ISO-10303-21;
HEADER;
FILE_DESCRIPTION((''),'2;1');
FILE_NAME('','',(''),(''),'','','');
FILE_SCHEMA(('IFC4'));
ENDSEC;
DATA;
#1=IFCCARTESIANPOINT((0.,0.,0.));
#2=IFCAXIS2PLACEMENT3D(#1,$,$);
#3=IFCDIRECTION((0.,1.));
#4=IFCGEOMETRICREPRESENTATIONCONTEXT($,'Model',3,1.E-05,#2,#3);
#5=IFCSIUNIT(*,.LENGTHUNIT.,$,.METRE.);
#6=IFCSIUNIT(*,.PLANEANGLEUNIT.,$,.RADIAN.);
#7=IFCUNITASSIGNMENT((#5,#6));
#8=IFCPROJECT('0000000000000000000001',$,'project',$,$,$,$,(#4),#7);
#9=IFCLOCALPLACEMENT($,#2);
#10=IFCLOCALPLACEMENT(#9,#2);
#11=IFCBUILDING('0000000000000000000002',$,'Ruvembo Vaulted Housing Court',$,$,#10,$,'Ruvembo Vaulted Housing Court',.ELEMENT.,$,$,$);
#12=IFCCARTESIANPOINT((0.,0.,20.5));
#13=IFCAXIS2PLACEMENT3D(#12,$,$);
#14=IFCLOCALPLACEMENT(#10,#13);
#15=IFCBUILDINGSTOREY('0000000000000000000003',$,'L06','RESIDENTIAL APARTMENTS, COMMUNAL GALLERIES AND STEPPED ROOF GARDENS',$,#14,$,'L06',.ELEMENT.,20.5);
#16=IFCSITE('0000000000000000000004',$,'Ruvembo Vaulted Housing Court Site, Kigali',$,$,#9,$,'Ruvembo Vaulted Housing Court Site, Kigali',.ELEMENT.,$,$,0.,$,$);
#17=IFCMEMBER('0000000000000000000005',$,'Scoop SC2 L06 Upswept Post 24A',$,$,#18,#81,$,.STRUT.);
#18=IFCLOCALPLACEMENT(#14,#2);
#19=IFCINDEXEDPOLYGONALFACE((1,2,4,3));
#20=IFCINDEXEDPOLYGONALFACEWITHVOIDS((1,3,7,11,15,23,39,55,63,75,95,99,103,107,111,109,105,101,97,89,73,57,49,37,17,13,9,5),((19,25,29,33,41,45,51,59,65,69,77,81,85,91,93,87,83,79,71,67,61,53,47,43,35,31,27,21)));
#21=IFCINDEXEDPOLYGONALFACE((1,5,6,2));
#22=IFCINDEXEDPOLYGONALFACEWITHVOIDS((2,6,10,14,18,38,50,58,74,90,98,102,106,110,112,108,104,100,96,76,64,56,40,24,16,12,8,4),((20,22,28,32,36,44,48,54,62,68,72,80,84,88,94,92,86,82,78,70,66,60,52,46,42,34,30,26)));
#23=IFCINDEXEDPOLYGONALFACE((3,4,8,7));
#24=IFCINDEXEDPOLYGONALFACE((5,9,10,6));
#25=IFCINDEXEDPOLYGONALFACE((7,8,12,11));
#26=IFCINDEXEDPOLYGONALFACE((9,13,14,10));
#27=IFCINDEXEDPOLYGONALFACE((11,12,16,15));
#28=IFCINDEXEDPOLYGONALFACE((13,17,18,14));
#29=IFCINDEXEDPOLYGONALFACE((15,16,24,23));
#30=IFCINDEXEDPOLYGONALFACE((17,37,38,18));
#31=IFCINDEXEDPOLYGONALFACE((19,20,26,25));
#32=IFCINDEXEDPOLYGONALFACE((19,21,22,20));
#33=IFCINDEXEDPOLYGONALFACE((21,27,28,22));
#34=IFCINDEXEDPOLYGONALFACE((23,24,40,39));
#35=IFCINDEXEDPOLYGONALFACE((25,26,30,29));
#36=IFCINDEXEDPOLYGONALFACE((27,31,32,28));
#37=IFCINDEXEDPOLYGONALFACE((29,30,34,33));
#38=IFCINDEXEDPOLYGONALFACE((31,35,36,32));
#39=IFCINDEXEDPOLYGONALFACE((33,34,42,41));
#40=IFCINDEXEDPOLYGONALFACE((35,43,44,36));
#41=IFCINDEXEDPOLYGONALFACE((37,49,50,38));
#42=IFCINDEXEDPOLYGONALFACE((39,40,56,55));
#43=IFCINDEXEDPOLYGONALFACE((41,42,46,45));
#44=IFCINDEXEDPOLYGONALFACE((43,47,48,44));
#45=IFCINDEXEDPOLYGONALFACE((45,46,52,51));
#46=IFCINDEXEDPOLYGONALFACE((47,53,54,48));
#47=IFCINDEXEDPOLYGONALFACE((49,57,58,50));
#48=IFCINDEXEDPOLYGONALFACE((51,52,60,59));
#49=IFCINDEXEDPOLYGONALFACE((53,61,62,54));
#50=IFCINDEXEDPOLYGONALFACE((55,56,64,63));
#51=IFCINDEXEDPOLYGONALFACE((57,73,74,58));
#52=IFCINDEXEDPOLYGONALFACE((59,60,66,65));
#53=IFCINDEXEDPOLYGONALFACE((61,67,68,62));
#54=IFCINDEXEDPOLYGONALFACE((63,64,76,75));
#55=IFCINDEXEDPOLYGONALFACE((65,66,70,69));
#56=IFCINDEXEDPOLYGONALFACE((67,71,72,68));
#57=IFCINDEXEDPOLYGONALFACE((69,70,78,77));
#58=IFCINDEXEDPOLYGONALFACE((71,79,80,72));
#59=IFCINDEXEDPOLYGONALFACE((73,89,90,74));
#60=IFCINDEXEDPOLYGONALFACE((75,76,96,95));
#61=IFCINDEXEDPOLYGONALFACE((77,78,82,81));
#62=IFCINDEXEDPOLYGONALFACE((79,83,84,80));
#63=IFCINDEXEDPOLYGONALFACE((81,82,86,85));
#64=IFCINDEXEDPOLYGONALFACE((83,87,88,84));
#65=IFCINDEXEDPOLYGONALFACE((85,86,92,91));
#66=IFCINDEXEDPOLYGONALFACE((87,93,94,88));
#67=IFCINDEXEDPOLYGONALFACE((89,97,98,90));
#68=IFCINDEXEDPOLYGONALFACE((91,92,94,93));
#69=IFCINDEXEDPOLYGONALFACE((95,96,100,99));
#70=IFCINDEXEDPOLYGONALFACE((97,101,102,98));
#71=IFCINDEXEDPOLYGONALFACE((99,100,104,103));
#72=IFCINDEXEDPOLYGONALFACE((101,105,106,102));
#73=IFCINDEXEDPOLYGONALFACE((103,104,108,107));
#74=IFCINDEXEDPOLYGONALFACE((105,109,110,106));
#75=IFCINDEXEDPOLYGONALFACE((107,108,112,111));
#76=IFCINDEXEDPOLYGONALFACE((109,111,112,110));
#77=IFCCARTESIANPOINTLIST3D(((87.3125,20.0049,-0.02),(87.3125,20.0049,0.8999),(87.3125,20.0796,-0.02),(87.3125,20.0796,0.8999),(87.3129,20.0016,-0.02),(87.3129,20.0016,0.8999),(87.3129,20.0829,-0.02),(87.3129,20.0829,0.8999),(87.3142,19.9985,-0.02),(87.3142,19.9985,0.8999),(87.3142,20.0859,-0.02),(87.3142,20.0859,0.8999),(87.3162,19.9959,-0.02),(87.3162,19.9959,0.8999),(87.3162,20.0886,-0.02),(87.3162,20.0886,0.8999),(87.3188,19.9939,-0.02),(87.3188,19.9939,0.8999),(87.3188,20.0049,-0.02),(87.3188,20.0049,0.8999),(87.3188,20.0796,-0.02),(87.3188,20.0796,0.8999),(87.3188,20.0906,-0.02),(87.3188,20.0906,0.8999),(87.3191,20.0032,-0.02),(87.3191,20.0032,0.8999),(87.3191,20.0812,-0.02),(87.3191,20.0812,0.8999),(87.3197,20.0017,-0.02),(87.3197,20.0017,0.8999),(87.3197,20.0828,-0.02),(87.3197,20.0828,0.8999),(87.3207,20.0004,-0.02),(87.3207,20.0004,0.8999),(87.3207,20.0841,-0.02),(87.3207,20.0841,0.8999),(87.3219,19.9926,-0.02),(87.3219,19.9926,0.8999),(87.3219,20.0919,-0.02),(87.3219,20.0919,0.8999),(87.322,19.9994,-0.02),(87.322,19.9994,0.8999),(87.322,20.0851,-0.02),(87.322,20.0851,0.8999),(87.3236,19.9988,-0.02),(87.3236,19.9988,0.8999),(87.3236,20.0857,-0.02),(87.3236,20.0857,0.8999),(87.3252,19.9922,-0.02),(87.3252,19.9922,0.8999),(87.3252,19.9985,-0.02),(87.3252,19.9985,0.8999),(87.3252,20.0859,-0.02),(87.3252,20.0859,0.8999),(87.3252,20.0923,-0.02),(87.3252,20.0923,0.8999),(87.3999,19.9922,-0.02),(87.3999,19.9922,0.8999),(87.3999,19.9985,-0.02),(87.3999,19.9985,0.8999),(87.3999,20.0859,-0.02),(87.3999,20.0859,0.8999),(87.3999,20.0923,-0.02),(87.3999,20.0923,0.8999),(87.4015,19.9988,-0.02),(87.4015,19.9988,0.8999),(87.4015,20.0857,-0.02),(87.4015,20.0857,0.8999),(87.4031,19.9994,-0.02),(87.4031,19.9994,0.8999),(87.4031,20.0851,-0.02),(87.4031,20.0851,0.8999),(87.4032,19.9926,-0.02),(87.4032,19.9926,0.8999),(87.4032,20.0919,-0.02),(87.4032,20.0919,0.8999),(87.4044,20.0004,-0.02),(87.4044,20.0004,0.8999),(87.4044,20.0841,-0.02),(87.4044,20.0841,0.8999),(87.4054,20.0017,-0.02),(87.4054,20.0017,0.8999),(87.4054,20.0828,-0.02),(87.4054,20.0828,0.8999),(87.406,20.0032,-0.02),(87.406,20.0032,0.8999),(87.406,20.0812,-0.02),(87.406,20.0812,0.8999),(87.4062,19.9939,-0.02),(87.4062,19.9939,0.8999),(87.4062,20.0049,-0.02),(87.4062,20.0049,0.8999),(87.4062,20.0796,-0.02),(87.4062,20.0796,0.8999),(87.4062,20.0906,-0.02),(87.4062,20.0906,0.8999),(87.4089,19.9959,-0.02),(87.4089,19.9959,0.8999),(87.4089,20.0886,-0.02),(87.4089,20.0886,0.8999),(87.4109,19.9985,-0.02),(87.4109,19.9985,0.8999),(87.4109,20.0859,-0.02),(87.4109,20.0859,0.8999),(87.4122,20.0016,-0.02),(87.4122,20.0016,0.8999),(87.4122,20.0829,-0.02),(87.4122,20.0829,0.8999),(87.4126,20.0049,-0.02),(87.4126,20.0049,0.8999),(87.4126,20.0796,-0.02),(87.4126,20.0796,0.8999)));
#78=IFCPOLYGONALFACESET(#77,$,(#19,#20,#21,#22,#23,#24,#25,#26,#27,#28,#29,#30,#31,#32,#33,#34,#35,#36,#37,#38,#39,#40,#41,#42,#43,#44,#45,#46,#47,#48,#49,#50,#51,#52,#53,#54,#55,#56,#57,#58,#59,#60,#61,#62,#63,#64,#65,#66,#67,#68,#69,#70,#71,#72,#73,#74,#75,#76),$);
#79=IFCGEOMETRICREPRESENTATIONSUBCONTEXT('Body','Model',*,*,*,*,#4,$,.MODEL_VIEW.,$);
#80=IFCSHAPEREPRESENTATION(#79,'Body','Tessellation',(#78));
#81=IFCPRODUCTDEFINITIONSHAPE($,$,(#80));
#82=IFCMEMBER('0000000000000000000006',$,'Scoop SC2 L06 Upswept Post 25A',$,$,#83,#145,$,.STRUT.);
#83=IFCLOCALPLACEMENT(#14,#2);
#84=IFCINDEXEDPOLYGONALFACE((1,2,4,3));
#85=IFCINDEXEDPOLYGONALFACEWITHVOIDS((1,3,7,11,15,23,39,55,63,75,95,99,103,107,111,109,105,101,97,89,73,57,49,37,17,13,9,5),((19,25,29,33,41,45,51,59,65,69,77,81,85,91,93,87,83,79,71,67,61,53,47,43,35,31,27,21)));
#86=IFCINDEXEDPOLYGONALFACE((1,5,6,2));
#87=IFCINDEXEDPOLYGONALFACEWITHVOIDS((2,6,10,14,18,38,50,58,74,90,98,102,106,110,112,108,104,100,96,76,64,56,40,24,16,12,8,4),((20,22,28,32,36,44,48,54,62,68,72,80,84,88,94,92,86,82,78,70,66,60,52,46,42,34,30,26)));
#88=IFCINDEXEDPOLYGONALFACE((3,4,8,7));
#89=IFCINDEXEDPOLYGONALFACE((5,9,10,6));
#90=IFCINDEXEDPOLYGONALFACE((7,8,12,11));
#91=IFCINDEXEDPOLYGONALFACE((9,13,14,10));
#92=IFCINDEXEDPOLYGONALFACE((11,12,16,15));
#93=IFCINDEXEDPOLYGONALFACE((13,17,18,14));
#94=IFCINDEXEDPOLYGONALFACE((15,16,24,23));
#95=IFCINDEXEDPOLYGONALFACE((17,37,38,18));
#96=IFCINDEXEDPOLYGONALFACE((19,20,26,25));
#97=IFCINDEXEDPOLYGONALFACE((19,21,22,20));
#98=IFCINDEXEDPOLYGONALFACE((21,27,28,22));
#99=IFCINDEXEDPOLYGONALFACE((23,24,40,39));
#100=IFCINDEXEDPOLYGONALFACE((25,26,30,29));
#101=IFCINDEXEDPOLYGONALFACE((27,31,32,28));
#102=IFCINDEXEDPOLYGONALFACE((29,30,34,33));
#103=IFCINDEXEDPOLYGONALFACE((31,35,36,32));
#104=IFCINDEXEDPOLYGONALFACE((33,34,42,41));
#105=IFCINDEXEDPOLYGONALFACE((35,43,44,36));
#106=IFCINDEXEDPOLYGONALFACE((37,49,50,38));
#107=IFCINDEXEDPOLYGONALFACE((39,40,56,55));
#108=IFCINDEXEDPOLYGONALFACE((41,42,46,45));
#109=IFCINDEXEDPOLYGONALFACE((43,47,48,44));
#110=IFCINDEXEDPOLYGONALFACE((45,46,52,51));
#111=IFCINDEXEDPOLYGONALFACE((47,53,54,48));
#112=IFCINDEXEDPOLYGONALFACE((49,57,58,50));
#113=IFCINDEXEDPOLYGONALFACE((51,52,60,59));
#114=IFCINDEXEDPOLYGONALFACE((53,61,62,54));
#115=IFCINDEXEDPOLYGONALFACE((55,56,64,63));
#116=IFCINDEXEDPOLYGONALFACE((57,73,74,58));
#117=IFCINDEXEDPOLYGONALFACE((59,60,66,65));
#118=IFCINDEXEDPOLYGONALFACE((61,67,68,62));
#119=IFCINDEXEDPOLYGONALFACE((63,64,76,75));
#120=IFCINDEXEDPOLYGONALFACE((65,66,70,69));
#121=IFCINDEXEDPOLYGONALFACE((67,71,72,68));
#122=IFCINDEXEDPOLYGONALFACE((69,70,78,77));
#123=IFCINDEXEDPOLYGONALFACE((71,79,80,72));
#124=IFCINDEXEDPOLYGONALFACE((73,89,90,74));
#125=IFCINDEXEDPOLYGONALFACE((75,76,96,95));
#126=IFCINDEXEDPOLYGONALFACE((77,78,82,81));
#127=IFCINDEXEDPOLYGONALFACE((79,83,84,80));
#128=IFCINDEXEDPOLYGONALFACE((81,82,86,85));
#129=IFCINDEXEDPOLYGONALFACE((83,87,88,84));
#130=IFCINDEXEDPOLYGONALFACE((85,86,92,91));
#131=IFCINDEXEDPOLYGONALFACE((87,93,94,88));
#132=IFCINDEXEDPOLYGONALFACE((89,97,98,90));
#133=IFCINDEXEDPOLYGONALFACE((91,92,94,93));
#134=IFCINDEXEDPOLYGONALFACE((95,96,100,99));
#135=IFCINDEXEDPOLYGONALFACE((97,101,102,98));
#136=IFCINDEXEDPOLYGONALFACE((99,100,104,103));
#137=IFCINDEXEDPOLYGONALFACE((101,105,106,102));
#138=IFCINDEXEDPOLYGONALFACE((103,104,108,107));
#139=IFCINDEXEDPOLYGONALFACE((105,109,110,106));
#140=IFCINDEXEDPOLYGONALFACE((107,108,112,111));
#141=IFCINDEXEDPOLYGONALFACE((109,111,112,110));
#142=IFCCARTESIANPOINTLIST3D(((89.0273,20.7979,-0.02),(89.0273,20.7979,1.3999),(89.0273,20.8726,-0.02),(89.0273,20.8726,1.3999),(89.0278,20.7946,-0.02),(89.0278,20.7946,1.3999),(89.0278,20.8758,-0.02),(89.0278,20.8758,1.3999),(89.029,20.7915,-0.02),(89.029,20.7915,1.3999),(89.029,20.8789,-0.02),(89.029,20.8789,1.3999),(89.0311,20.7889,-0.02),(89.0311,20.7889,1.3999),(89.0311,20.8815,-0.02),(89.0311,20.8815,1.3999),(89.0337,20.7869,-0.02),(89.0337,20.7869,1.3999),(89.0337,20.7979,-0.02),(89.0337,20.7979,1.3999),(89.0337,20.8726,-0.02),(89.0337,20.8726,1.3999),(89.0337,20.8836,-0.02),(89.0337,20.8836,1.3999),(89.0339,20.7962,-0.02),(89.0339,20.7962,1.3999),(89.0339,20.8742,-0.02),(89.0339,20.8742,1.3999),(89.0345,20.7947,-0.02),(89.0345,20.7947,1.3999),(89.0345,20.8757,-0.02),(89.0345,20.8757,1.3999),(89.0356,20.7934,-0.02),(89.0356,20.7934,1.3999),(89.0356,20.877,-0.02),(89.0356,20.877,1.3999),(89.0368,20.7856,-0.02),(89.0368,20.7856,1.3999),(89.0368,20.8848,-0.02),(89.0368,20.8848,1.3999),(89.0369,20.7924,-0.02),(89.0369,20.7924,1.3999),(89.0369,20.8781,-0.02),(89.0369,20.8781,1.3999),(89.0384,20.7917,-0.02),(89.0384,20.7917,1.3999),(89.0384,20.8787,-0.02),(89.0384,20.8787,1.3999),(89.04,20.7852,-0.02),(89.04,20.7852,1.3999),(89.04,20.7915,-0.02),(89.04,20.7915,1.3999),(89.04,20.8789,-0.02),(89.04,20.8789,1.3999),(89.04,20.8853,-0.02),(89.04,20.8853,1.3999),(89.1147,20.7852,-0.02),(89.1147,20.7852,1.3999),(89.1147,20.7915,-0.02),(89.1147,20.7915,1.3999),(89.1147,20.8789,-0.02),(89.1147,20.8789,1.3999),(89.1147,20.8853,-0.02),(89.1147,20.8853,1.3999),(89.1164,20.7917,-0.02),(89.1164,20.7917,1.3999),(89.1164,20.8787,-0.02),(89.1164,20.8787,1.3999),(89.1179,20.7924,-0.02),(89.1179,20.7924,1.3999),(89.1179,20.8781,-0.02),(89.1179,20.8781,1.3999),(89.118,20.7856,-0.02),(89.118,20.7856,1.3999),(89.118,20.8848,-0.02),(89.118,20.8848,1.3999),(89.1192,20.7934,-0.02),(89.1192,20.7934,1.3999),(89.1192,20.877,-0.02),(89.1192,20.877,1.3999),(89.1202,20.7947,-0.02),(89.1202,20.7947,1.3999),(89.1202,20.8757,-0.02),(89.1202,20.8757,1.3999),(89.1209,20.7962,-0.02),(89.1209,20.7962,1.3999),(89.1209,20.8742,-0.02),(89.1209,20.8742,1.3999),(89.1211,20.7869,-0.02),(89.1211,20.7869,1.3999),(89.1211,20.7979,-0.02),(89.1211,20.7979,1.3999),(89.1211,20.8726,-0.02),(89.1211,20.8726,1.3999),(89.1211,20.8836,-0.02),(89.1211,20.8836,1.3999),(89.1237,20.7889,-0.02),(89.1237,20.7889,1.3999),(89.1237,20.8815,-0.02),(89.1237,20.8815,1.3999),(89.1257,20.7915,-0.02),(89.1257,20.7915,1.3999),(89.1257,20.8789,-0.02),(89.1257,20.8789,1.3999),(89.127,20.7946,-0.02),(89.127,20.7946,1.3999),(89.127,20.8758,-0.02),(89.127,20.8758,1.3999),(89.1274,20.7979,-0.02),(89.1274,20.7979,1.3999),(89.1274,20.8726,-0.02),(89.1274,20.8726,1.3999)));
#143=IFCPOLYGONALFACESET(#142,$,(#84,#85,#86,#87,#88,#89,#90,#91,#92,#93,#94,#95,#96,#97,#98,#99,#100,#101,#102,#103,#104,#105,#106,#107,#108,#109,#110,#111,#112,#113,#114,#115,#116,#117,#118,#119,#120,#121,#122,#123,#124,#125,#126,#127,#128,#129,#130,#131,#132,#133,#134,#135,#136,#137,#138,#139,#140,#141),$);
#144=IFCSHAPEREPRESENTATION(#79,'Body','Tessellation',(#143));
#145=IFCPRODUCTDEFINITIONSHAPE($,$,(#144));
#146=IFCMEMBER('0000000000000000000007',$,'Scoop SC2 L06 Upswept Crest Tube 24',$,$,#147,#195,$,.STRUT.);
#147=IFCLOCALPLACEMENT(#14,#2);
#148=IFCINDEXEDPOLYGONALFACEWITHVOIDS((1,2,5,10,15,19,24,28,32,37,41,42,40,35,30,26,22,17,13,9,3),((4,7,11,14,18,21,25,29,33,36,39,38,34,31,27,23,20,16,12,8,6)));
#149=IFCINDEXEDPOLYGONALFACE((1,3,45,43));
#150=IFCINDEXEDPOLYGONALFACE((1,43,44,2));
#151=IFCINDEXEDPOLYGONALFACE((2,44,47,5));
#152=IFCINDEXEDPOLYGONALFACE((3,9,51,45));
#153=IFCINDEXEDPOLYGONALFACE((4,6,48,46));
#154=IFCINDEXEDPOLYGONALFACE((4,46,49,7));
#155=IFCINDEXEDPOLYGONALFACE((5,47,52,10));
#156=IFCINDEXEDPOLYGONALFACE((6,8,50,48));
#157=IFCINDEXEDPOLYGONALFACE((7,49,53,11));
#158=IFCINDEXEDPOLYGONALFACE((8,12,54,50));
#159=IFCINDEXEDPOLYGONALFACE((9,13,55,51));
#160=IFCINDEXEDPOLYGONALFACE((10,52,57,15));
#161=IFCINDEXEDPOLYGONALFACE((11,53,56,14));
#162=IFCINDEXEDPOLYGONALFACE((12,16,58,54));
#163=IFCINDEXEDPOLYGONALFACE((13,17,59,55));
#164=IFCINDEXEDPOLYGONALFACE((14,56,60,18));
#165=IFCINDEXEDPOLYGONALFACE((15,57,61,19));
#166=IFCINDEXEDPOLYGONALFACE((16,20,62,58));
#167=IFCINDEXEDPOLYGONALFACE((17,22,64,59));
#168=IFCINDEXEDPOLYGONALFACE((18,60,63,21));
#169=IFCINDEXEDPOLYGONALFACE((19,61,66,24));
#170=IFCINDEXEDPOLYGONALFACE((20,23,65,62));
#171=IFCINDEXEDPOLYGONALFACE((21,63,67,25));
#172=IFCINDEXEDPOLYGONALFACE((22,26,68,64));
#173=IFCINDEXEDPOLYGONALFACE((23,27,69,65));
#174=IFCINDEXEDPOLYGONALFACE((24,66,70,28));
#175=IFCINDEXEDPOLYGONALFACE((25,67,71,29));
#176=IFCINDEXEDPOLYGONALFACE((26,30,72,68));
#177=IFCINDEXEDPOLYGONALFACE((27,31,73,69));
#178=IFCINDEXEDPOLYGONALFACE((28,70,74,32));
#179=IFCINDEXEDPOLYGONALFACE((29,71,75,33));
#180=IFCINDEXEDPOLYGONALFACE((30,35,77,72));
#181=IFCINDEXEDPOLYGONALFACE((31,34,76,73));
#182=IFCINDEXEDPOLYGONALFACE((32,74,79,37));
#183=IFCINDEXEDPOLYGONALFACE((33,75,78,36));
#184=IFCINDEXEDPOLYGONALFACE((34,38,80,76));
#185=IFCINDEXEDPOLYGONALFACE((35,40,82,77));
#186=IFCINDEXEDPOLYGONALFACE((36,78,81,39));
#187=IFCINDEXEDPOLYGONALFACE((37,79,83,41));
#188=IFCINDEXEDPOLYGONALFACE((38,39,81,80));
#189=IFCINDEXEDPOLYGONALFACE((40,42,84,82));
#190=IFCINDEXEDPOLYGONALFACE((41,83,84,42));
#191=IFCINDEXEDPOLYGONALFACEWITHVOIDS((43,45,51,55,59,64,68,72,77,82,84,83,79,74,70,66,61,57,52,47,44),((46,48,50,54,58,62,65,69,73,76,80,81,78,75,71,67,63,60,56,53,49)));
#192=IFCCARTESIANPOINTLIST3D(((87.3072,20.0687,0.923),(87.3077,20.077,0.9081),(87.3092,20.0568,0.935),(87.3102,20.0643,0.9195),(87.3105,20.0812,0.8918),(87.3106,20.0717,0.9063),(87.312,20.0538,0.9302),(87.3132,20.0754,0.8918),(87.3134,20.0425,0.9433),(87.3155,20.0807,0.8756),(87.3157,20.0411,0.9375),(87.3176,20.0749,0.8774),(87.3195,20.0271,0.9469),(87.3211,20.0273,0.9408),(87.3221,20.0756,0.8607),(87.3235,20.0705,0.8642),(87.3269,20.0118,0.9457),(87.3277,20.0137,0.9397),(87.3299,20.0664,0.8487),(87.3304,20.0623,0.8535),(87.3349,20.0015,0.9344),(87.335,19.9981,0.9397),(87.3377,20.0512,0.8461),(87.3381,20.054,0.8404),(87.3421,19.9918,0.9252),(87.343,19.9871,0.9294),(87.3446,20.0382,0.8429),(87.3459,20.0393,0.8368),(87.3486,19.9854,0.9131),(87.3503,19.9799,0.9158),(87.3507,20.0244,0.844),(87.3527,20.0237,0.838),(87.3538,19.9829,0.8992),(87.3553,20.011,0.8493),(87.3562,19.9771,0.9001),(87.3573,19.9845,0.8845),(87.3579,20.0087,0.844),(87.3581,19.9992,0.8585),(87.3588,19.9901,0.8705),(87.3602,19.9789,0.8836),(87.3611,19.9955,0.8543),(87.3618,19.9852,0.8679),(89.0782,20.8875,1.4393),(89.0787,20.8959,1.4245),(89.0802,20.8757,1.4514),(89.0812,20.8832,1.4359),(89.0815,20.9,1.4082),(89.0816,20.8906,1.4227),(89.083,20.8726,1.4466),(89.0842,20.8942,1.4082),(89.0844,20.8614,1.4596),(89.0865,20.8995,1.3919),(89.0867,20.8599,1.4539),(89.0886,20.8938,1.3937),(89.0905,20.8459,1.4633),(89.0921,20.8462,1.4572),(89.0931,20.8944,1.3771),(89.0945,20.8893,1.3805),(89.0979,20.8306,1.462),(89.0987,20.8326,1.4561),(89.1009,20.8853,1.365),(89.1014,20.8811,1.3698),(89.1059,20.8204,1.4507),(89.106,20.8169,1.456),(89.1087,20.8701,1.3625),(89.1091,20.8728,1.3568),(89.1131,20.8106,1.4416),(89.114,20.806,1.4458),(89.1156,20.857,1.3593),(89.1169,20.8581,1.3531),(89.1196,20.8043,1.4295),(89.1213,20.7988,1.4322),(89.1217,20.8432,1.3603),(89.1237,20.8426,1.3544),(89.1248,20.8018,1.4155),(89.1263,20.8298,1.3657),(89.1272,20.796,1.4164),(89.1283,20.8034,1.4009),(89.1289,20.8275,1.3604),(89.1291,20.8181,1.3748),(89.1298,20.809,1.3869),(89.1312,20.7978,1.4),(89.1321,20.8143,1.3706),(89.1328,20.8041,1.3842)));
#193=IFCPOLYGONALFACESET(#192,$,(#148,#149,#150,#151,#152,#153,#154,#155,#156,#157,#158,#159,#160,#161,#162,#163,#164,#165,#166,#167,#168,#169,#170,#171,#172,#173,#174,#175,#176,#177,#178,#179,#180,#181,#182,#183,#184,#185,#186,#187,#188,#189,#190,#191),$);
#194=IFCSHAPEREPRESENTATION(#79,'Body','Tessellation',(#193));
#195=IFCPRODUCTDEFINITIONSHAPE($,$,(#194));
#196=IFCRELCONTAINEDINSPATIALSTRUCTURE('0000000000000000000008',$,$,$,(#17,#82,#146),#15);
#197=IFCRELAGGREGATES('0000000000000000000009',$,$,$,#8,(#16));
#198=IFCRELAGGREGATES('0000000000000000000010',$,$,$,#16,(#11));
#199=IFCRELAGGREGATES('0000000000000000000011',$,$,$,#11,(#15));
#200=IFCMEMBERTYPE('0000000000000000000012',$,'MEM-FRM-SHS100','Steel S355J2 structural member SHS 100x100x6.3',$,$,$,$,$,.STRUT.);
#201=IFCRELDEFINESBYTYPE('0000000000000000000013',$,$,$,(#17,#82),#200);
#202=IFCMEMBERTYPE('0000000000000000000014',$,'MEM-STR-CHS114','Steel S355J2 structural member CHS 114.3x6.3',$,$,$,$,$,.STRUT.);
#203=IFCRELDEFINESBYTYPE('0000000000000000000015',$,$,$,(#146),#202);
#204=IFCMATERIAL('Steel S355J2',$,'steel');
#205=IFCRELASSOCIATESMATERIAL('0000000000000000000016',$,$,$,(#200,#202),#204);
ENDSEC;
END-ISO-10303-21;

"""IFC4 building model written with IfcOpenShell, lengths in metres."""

from ifc_helpers import new_model, si_unit, direction, frame, origin, origin_2d, place, context, subcontext, project, spatial, hollow_rectangle, hollow_circle, extrude, material, material_profile, profile_set, type_object, element, save


model = new_model("IFC4")

# Units and contexts
model_context = context("Model", 3, precision=1e-05, world=origin(), true_north=direction((0.0, 1.0)))
body_context = subcontext(model_context, "Body", "Model", "MODEL_VIEW")
ifc_project = project(units=[si_unit("LENGTHUNIT", "METRE"), si_unit("PLANEANGLEUNIT", "RADIAN")], contexts=[model_context])

# Site, building, storey
site_placement = place(None, origin())
site = spatial("IfcSite", under=ifc_project, at=site_placement, Name="Ruvembo Vaulted Housing Court Site, Kigali", LongName="Ruvembo Vaulted Housing Court Site, Kigali", CompositionType="ELEMENT", RefElevation=0.0)
building_placement = place(site_placement, origin())
building = spatial("IfcBuilding", under=site, at=building_placement, Name="Ruvembo Vaulted Housing Court", LongName="Ruvembo Vaulted Housing Court", CompositionType="ELEMENT")
storey_placement = place(building_placement, frame((0.0, 0.0, 20.5)))
storey = spatial("IfcBuildingStorey", under=building, at=storey_placement, Name="L06", Description="RESIDENTIAL APARTMENTS, COMMUNAL GALLERIES AND STEPPED ROOF GARDENS", LongName="L06", CompositionType="ELEMENT", Elevation=20.5)

# Members
ifc_material_1 = material(Name="Steel S355J2", Category="steel")
ifc_material_profile_1 = material_profile(ifc_material_1, hollow_rectangle(XDim=0.1001, YDim=0.1001, WallThickness=0.0063, InnerFilletRadius=0.0063, OuterFilletRadius=0.0127, at=origin_2d()), Name="SHS 100x100x6.3")
ifc_profile_set_1 = profile_set([ifc_material_profile_1], Name="Steel S355J2")
member_type_1 = type_object("IfcMemberType", Name="MEM-FRM-SHS100", Description="Steel S355J2 structural member SHS 100x100x6.3", PredefinedType="STRUT", material=ifc_profile_set_1)
member_1_placement = place(storey_placement, frame((87.3625, 20.0422, -0.02), z_axis=(0.0, 0.0, 1.0), x_axis=(1.0, 0.0, 0.0)))
element("IfcMember", 1, at=member_1_placement, inside=storey, type_object=member_type_1, Name="Scoop SC2 L06 Upswept Post 24A", PredefinedType="STRUT", context=body_context, shape_type="SweptSolid", body=[
    extrude(hollow_rectangle(XDim=0.1001, YDim=0.1001, WallThickness=0.0063, InnerFilletRadius=0.0063, OuterFilletRadius=0.0127, at=origin_2d()), origin(), (0.0, 0.0, 1.0), 0.9199),
])
member_2_placement = place(storey_placement, frame((89.0774, 20.8352, -0.02), z_axis=(0.0, 0.0, 1.0), x_axis=(1.0, 0.0, 0.0)))
element("IfcMember", 2, at=member_2_placement, inside=storey, type_object=member_type_1, Name="Scoop SC2 L06 Upswept Post 25A", PredefinedType="STRUT", context=body_context, shape_type="SweptSolid", body=[
    extrude(hollow_rectangle(XDim=0.1001, YDim=0.1001, WallThickness=0.0063, InnerFilletRadius=0.0063, OuterFilletRadius=0.0127, at=origin_2d()), origin(), (0.0, 0.0, 1.0), 1.4199),
])
ifc_material_profile_2 = material_profile(ifc_material_1, hollow_circle(Radius=0.0571, WallThickness=0.0063, at=origin_2d()), Name="CHS 114.3x6.3")
ifc_profile_set_2 = profile_set([ifc_material_profile_2], Name="Steel S355J2")
member_type_2 = type_object("IfcMemberType", Name="MEM-STR-CHS114", Description="Steel S355J2 structural member CHS 114.3x6.3", PredefinedType="STRUT", material=ifc_profile_set_2)
for number, where, z_axis, x_axis, name in (
    (3, (87.3345, 20.0293, 0.8918), (0.877466, 0.40571, 0.255837), (-0.419677, 0.907674, 0.0), "Scoop SC2 L06 Upswept Crest Tube 24"),
):
    element("IfcMember", number, at=place(storey_placement, frame(where, z_axis=z_axis, x_axis=x_axis)), inside=storey, type_object=member_type_2, Name=name, PredefinedType="STRUT", context=body_context, shape_type="SweptSolid", body=[
        extrude(hollow_circle(Radius=0.0571, WallThickness=0.0063, at=origin_2d()), origin(), (0.0, 0.0, 1.0), 2.0183),
    ])

save(model, "model.ifc")
